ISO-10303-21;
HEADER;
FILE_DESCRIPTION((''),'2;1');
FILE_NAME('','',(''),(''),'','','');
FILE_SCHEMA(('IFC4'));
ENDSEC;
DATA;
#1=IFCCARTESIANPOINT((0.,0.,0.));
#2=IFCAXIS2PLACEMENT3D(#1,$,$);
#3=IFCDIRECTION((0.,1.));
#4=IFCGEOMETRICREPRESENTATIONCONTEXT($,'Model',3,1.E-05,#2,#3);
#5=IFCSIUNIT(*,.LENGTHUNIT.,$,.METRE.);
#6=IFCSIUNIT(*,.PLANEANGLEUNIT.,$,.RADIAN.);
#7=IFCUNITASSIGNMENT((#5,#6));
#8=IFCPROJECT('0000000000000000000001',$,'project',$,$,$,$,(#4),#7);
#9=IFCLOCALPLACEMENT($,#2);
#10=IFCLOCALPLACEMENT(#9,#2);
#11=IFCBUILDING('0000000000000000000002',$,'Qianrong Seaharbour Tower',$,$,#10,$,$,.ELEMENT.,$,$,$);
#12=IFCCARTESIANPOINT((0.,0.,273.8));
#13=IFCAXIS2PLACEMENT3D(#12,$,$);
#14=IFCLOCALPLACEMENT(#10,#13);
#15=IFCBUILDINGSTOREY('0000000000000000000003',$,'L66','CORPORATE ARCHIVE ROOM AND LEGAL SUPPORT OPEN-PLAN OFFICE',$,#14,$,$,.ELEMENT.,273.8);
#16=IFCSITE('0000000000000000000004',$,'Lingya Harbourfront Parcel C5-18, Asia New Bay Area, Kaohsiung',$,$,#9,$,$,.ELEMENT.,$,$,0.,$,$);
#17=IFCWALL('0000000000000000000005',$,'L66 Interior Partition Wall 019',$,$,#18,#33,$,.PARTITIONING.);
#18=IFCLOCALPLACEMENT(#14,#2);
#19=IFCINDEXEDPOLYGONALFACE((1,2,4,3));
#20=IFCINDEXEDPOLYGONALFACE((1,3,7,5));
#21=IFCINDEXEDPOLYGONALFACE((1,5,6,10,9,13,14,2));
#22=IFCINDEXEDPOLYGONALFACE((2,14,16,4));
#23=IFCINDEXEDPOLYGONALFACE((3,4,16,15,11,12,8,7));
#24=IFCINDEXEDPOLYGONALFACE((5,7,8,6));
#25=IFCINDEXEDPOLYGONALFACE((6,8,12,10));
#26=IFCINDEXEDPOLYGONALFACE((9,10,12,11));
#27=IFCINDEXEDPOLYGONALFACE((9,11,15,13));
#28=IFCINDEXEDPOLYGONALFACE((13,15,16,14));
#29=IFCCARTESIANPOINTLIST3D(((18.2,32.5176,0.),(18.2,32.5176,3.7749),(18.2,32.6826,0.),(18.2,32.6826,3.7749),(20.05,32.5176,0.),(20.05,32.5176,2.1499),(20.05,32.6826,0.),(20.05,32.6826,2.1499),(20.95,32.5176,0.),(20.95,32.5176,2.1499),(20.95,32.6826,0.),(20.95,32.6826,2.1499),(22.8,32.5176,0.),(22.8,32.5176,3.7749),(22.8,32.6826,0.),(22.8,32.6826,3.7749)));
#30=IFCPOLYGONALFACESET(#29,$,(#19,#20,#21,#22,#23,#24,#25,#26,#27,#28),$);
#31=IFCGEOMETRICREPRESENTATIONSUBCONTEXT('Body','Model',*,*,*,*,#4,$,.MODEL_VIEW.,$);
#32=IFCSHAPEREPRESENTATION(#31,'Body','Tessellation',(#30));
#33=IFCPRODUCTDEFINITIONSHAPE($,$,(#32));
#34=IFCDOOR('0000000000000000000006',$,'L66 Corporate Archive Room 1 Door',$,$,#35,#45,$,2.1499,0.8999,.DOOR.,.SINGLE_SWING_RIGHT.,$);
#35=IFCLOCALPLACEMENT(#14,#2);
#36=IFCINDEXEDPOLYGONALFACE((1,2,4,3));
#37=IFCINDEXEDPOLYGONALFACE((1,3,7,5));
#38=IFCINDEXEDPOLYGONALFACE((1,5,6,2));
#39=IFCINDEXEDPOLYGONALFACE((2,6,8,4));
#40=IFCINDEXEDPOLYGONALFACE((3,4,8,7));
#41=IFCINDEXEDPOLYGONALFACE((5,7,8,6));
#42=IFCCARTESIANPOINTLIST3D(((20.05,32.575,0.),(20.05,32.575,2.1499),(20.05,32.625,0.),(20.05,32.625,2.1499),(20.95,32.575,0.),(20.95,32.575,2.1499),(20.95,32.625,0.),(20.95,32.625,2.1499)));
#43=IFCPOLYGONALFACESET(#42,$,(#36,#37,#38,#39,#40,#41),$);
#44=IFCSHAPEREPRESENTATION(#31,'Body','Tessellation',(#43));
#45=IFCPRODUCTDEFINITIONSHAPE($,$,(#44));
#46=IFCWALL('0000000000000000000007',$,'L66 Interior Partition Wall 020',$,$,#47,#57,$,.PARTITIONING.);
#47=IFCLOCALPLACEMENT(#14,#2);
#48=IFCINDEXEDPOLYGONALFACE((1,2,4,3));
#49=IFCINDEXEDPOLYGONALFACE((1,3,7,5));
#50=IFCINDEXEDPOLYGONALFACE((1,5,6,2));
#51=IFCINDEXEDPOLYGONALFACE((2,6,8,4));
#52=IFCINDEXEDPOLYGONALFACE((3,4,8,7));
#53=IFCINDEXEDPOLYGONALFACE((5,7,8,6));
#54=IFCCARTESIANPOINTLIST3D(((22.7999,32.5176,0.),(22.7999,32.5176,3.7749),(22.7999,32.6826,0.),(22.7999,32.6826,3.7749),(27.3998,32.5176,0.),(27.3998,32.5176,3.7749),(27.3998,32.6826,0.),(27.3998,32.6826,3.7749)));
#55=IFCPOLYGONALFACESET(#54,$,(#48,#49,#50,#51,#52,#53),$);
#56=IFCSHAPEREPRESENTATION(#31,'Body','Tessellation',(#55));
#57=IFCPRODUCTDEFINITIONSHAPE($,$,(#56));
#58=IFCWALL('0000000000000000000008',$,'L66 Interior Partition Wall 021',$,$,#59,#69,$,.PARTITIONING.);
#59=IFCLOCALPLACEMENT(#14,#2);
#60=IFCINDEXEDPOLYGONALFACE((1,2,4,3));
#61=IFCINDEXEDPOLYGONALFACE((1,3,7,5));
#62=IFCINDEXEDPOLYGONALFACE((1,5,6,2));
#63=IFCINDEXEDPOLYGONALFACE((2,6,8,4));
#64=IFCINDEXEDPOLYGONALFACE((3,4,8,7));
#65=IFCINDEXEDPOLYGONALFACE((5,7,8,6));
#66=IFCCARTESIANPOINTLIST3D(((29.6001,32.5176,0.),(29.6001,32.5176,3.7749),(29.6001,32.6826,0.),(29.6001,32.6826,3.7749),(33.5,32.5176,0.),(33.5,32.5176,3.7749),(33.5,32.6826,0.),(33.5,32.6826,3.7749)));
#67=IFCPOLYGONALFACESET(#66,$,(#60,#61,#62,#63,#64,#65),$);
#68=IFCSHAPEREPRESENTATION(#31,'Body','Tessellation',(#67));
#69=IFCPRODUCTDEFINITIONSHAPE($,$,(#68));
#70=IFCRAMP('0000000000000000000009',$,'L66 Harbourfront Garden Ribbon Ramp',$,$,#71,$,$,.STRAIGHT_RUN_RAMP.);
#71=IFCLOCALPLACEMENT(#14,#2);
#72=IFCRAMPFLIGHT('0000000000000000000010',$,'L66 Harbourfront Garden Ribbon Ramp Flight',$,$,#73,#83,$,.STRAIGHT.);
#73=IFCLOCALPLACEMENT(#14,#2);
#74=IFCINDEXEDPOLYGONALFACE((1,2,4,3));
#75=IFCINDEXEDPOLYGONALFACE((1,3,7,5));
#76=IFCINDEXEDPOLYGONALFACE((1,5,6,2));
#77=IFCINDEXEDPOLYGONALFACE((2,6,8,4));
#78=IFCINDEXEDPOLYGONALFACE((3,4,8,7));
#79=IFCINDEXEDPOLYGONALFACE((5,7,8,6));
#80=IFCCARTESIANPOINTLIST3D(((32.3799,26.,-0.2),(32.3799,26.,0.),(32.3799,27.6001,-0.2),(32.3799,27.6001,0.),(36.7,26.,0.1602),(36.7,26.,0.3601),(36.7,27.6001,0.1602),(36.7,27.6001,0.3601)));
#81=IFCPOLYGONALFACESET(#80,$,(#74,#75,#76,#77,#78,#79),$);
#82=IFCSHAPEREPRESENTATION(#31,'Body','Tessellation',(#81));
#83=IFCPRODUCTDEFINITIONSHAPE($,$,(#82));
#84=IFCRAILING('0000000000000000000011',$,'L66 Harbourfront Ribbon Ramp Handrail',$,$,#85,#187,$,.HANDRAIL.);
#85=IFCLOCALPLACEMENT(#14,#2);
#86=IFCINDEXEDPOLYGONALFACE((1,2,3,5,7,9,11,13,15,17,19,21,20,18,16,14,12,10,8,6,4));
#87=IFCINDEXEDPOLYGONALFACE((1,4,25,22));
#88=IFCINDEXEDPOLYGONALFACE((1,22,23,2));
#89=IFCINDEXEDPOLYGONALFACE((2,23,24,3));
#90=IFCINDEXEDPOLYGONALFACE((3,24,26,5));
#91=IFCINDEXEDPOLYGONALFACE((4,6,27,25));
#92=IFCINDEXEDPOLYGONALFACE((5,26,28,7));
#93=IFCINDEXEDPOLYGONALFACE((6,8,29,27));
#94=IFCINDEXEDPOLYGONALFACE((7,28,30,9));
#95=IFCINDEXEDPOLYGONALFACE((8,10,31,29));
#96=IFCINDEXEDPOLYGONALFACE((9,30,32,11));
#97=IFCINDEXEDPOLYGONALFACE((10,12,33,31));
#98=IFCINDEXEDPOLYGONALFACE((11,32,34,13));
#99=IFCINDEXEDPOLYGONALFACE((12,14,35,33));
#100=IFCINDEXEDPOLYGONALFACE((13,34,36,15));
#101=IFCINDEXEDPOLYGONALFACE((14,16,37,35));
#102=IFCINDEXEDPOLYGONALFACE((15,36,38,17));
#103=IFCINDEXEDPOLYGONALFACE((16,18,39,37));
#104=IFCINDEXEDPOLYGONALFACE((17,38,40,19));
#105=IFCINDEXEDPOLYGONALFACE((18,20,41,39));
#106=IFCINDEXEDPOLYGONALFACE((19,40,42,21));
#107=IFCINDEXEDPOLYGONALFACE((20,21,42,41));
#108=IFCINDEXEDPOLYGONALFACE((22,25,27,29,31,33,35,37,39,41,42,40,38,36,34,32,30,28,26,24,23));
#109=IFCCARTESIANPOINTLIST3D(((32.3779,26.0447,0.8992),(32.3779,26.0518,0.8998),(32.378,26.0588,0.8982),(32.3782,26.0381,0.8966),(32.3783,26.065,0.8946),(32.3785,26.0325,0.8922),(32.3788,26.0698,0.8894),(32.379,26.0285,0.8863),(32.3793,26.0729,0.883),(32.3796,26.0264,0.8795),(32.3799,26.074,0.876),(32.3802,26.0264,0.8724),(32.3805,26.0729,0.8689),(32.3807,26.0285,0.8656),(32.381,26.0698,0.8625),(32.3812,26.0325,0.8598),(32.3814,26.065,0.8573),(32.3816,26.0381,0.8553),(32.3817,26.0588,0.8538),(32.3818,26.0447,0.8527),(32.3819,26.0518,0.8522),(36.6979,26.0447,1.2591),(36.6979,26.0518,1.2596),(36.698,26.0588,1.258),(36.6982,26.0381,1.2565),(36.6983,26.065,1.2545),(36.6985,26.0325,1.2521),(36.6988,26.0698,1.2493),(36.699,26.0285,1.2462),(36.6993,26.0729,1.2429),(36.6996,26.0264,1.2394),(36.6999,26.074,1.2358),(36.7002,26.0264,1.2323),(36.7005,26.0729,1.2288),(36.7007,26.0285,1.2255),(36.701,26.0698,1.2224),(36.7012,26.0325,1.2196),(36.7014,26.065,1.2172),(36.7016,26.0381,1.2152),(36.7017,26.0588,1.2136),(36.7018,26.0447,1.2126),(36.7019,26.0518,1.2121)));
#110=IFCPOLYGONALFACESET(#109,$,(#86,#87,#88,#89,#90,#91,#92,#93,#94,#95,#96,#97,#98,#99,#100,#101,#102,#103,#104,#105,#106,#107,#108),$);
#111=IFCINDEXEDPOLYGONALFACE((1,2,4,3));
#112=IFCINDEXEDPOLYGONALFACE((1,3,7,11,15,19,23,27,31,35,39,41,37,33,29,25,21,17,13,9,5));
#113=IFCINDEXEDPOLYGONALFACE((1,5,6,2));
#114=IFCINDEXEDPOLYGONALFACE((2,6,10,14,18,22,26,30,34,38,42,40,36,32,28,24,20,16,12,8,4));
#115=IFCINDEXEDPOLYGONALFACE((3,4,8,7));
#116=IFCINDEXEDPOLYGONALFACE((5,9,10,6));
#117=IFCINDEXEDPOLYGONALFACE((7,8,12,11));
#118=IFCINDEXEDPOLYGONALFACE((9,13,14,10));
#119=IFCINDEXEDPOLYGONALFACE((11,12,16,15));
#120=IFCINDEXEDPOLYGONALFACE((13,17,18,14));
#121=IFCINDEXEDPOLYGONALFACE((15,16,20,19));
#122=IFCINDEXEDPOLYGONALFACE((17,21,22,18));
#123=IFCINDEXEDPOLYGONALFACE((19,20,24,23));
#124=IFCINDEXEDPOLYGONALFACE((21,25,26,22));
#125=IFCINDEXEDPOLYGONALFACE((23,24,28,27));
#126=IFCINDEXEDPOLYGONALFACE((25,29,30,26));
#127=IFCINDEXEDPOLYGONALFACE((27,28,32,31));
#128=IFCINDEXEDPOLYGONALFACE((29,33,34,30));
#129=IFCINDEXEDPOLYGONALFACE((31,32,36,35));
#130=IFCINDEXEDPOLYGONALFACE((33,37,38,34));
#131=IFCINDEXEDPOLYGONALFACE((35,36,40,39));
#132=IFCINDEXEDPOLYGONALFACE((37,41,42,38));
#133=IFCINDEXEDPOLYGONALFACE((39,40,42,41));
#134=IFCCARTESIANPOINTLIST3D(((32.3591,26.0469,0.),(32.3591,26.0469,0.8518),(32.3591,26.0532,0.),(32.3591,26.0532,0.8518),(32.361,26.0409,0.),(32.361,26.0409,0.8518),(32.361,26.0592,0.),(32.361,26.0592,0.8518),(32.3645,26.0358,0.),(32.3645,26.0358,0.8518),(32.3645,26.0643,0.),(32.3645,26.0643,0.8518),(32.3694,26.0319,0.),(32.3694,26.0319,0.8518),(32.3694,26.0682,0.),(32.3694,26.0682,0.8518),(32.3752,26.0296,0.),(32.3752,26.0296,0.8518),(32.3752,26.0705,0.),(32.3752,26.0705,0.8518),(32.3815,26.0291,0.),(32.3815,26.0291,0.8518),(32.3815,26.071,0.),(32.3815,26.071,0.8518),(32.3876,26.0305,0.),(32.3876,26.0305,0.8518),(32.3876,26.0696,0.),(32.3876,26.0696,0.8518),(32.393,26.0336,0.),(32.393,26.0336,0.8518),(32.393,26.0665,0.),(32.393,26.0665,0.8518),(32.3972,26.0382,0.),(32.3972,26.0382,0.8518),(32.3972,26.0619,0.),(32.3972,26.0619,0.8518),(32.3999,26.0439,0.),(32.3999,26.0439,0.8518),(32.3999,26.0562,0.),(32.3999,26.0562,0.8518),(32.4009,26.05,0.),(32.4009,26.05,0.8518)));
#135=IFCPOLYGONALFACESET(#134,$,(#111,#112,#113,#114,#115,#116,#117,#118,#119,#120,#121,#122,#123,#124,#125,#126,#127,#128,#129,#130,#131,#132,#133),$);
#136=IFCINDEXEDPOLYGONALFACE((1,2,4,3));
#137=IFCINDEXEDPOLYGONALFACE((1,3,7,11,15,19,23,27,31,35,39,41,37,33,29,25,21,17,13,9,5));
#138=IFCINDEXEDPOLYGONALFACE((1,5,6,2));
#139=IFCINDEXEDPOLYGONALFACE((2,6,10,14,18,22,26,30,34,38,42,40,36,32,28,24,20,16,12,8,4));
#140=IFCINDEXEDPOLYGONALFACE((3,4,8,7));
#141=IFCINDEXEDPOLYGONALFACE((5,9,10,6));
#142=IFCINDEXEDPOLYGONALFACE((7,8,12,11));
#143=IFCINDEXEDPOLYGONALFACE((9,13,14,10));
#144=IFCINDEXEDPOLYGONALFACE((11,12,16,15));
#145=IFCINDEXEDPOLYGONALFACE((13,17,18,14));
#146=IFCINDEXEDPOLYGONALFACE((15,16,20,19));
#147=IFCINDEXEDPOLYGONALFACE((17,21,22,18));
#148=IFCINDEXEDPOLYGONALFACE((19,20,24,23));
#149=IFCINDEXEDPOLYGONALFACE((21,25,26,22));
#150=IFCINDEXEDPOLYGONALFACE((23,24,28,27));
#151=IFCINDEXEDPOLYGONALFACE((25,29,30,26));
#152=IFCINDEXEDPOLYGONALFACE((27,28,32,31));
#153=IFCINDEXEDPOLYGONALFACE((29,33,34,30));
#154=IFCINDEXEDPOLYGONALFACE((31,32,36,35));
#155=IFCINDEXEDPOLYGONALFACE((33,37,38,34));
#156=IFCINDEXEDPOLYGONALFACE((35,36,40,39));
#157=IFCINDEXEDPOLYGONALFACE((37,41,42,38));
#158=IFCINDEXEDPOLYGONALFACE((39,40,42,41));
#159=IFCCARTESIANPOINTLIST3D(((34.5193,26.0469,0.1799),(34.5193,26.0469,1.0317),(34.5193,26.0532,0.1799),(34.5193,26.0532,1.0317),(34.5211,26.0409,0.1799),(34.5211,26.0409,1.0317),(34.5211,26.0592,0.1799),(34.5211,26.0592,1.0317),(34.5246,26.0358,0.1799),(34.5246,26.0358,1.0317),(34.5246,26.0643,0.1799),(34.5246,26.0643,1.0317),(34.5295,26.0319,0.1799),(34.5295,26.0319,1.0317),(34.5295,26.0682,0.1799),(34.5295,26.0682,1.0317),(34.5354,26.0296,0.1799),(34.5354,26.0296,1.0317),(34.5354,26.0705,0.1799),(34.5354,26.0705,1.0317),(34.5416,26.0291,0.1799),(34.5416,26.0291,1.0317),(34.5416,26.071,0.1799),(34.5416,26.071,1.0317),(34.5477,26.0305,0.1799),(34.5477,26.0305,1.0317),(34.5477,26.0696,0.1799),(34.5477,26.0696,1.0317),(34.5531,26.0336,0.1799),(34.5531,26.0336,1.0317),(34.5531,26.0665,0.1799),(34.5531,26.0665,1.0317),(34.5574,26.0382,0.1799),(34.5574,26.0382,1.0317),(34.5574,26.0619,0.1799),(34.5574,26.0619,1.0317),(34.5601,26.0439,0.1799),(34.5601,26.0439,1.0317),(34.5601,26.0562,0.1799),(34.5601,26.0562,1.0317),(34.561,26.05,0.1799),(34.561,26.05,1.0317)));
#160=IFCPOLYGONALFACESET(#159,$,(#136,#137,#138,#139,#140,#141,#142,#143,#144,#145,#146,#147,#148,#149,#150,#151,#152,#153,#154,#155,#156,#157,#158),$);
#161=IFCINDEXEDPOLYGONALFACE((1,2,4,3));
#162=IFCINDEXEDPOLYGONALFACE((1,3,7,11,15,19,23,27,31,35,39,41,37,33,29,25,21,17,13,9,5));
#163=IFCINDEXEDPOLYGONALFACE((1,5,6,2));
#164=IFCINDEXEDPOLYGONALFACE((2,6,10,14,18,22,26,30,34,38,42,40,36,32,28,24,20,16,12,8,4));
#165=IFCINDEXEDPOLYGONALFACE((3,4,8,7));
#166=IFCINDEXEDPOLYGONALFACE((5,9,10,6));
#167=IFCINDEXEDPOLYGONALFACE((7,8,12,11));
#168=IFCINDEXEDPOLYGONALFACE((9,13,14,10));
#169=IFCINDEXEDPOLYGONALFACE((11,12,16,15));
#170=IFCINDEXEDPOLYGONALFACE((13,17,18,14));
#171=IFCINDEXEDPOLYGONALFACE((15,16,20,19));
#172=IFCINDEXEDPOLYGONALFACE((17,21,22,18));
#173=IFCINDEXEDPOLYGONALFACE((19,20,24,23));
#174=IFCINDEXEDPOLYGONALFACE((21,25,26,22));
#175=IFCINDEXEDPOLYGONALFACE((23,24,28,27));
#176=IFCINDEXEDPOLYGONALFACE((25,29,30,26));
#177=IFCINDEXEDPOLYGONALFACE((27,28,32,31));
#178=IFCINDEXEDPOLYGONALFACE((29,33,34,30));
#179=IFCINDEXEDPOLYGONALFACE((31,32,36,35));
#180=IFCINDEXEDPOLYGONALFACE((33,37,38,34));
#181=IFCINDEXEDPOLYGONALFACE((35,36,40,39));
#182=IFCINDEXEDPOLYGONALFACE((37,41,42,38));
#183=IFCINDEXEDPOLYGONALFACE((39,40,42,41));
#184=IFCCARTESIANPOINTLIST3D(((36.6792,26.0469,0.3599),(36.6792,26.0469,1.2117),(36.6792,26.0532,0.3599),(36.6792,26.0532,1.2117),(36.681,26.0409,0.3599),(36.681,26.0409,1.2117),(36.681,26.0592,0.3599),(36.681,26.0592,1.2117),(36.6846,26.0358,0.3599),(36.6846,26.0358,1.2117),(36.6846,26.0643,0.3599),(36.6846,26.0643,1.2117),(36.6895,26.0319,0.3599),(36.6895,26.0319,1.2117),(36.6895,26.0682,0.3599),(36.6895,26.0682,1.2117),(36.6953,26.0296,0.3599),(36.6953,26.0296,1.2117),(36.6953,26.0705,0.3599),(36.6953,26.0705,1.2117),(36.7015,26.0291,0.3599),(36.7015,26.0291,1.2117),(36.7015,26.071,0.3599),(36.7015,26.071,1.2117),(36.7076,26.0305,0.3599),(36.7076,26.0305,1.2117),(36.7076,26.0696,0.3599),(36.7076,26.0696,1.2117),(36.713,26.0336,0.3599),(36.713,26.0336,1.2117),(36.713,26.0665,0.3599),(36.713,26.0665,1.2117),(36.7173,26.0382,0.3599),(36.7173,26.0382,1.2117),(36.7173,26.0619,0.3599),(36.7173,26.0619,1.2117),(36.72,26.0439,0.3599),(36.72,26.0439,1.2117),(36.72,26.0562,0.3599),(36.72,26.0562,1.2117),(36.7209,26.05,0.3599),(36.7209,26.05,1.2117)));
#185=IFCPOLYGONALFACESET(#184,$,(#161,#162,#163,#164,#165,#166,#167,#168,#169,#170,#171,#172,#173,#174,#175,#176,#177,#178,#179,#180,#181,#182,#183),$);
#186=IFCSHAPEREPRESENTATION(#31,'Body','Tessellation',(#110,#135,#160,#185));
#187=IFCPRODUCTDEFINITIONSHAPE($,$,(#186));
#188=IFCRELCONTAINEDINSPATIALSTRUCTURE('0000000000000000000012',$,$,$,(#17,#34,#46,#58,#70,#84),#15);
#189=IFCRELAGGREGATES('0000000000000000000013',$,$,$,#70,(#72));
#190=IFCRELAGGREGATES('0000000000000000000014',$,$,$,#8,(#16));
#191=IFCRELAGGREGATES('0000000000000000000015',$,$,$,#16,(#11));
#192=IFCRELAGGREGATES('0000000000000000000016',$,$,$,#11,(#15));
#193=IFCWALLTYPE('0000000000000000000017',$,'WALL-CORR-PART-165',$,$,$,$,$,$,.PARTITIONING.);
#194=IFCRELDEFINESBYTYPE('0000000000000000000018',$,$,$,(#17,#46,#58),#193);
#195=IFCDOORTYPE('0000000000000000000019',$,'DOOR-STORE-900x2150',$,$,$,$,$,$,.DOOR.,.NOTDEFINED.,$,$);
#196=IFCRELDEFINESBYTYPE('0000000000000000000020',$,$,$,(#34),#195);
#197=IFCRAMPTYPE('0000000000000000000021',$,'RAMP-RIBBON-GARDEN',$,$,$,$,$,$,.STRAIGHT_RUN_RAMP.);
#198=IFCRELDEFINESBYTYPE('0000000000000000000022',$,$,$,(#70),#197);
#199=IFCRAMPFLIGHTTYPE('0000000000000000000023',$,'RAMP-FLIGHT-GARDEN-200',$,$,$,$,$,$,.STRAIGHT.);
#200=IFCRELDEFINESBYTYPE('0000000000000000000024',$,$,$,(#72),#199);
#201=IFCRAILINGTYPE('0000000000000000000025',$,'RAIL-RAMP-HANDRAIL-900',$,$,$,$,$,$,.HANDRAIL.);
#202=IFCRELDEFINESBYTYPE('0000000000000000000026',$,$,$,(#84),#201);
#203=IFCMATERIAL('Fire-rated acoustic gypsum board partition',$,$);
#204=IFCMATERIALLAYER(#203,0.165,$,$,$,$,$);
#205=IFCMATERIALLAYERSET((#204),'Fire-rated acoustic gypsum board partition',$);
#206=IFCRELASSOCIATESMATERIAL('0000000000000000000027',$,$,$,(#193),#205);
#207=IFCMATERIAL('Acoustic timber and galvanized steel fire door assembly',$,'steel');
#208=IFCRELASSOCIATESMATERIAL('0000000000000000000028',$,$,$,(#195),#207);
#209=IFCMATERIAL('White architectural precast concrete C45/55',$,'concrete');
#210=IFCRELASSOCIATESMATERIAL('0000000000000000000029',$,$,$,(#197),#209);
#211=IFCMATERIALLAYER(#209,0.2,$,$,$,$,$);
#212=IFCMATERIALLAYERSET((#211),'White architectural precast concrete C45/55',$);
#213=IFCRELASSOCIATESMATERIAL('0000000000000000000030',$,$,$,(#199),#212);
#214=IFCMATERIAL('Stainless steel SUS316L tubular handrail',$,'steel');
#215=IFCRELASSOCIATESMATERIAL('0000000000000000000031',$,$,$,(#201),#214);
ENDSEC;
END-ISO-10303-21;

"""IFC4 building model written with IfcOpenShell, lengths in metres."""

from ifc_helpers import new_model, si_unit, direction, frame, frame_2d, origin, origin_2d, place, context, subcontext, project, spatial, polyline, rectangle, circle, outline, extrude, material, layer, layer_set, type_object, element, fill, aggregate, save


model = new_model("IFC4")

# Units and contexts
model_context = context("Model", 3, precision=1e-05, world=origin(), true_north=direction((0.0, 1.0)))
body_context = subcontext(model_context, "Body", "Model", "MODEL_VIEW")
ifc_project = project(units=[si_unit("LENGTHUNIT", "METRE"), si_unit("PLANEANGLEUNIT", "RADIAN")], contexts=[model_context])

# Site, building, storey
site_placement = place(None, origin())
site = spatial("IfcSite", under=ifc_project, at=site_placement, Name="Lingya Harbourfront Parcel C5-18, Asia New Bay Area, Kaohsiung", CompositionType="ELEMENT", RefElevation=0.0)
building_placement = place(site_placement, origin())
building = spatial("IfcBuilding", under=site, at=building_placement, Name="Qianrong Seaharbour Tower", CompositionType="ELEMENT")
storey_placement = place(building_placement, frame((0.0, 0.0, 273.8)))
storey = spatial("IfcBuildingStorey", under=building, at=storey_placement, Name="L66", Description="CORPORATE ARCHIVE ROOM AND LEGAL SUPPORT OPEN-PLAN OFFICE", CompositionType="ELEMENT", Elevation=273.8)

# Wall, opening, door
ifc_material_1 = material(Name="Fire-rated acoustic gypsum board partition")
ifc_layer_1 = layer(ifc_material_1, 0.165)
ifc_layer_set_1 = layer_set([ifc_layer_1], Name="Fire-rated acoustic gypsum board partition")
wall_type = type_object("IfcWallType", Name="WALL-CORR-PART-165", PredefinedType="PARTITIONING", material=ifc_layer_set_1)
wall_1_placement = place(storey_placement, frame((18.2, 32.6001, 0.0), z_axis=(0.0, 0.0, 1.0), x_axis=(1.0, 0.0, 0.0)))
wall_1 = element("IfcWall", 1, at=wall_1_placement, inside=storey, type_object=wall_type, Name="L66 Interior Partition Wall 019", PredefinedType="PARTITIONING", context=body_context, shape_type="SweptSolid", body=[
    extrude(rectangle(XDim=4.6001, YDim=0.165, at=frame_2d((2.3, 0.0))), origin(), (0.0, 0.0, 1.0), 3.7749),
])
opening_placement = place(wall_1_placement, frame((1.8501, 0.0, 0.0)))
opening = element("IfcOpeningElement", 2, at=opening_placement, cuts=wall_1, PredefinedType="OPENING", context=body_context, shape_type="SweptSolid", body=[
    extrude(rectangle(XDim=0.8999, YDim=2.1499, at=frame_2d((0.45, 1.075))), frame((0.0, 0.0925, 0.0), z_axis=(0.0, -1.0, 0.0), x_axis=(1.0, 0.0, 0.0)), (0.0, 0.0, 1.0), 0.1851),
])
ifc_material_2 = material(Name="Acoustic timber and galvanized steel fire door assembly", Category="steel")
door_type = type_object("IfcDoorType", Name="DOOR-STORE-900x2150", OperationType="NOTDEFINED", PredefinedType="DOOR", material=ifc_material_2)
door_placement = place(opening_placement, origin())
door = element("IfcDoor", 3, at=door_placement, inside=storey, type_object=door_type, Name="L66 Corporate Archive Room 1 Door", OperationType="SINGLE_SWING_RIGHT", OverallHeight=2.1499, OverallWidth=0.8999, PredefinedType="DOOR", context=body_context, shape_type="SweptSolid", body=[
    extrude(rectangle(XDim=0.8999, YDim=2.1499, at=frame_2d((0.45, 1.075))), frame((0.0, 0.0249, 0.0), z_axis=(0.0, -1.0, 0.0), x_axis=(1.0, 0.0, 0.0)), (0.0, 0.0, 1.0), 0.05),
])
fill(opening, door)

# Walls
wall_2_placement = place(storey_placement, frame((22.8, 32.6001, 0.0), z_axis=(0.0, 0.0, 1.0), x_axis=(1.0, 0.0, 0.0)))
element("IfcWall", 4, at=wall_2_placement, inside=storey, type_object=wall_type, Name="L66 Interior Partition Wall 020", PredefinedType="PARTITIONING", context=body_context, shape_type="SweptSolid", body=[
    extrude(rectangle(XDim=4.5999, YDim=0.165, at=frame_2d((2.2998, 0.0))), origin(), (0.0, 0.0, 1.0), 3.7749),
])
wall_3_placement = place(storey_placement, frame((29.6001, 32.6001, 0.0), z_axis=(0.0, 0.0, 1.0), x_axis=(1.0, 0.0, 0.0)))
element("IfcWall", 5, at=wall_3_placement, inside=storey, type_object=wall_type, Name="L66 Interior Partition Wall 021", PredefinedType="PARTITIONING", context=body_context, shape_type="SweptSolid", body=[
    extrude(rectangle(XDim=3.8999, YDim=0.165, at=frame_2d((1.95, 0.0))), origin(), (0.0, 0.0, 1.0), 3.7749),
])

# Ramp, ramp flight
ifc_material_3 = material(Name="White architectural precast concrete C45/55", Category="concrete")
ramp_type = type_object("IfcRampType", Name="RAMP-RIBBON-GARDEN", PredefinedType="STRAIGHT_RUN_RAMP", material=ifc_material_3)
ramp_placement = place(storey_placement, origin())
ramp = element("IfcRamp", 6, at=ramp_placement, inside=storey, type_object=ramp_type, Name="L66 Harbourfront Garden Ribbon Ramp", PredefinedType="STRAIGHT_RUN_RAMP")
ifc_layer_2 = layer(ifc_material_3, 0.2)
ifc_layer_set_2 = layer_set([ifc_layer_2], Name="White architectural precast concrete C45/55")
ramp_flight_type = type_object("IfcRampFlightType", Name="RAMP-FLIGHT-GARDEN-200", PredefinedType="STRAIGHT", material=ifc_layer_set_2)
ramp_flight_placement = place(storey_placement, frame((32.3799, 26.8, 0.0), z_axis=(0.0, 0.0, 1.0), x_axis=(1.0, 0.0, 0.0)))
ramp_flight = element("IfcRampFlight", 7, at=ramp_flight_placement, type_object=ramp_flight_type, Name="L66 Harbourfront Garden Ribbon Ramp Flight", PredefinedType="STRAIGHT", context=body_context, shape_type="SweptSolid", body=[
    extrude(outline(polyline([(0.0, 0.0), (4.3201, 0.3601), (4.3201, 0.1602), (0.0, -0.2), (0.0, 0.0)])), frame((0.0, 0.8, 0.0), z_axis=(0.0, -1.0, 0.0), x_axis=(1.0, 0.0, 0.0)), (0.0, 0.0, 1.0), 1.6001),
])
aggregate(ramp, [ramp_flight])

# Railing
ifc_material_4 = material(Name="Stainless steel SUS316L tubular handrail", Category="steel")
railing_type = type_object("IfcRailingType", Name="RAIL-RAMP-HANDRAIL-900", PredefinedType="HANDRAIL", material=ifc_material_4)
railing_placement = place(storey_placement, frame((32.3799, 26.05, 0.0)))
element("IfcRailing", 8, at=railing_placement, inside=storey, type_object=railing_type, Name="L66 Harbourfront Ribbon Ramp Handrail", PredefinedType="HANDRAIL", context=body_context, shape_type="SweptSolid", body=[
    extrude(circle(Radius=0.0239, at=origin_2d()), frame((0.0, 0.0, 0.876), z_axis=(0.996548, 0.0, 0.083013), x_axis=(0.0, 1.0, 0.0)), (0.0, 0.0, 1.0), 4.335),
    extrude(circle(Radius=0.021, at=origin_2d()), origin(), (0.0, 0.0, 1.0), 0.8518),
    extrude(circle(Radius=0.021, at=origin_2d()), frame((2.1602, 0.0, 0.1799)), (0.0, 0.0, 1.0), 0.8518),
    extrude(circle(Radius=0.021, at=origin_2d()), frame((4.3201, 0.0, 0.3599)), (0.0, 0.0, 1.0), 0.8518),
])

save(model, "model.ifc")
